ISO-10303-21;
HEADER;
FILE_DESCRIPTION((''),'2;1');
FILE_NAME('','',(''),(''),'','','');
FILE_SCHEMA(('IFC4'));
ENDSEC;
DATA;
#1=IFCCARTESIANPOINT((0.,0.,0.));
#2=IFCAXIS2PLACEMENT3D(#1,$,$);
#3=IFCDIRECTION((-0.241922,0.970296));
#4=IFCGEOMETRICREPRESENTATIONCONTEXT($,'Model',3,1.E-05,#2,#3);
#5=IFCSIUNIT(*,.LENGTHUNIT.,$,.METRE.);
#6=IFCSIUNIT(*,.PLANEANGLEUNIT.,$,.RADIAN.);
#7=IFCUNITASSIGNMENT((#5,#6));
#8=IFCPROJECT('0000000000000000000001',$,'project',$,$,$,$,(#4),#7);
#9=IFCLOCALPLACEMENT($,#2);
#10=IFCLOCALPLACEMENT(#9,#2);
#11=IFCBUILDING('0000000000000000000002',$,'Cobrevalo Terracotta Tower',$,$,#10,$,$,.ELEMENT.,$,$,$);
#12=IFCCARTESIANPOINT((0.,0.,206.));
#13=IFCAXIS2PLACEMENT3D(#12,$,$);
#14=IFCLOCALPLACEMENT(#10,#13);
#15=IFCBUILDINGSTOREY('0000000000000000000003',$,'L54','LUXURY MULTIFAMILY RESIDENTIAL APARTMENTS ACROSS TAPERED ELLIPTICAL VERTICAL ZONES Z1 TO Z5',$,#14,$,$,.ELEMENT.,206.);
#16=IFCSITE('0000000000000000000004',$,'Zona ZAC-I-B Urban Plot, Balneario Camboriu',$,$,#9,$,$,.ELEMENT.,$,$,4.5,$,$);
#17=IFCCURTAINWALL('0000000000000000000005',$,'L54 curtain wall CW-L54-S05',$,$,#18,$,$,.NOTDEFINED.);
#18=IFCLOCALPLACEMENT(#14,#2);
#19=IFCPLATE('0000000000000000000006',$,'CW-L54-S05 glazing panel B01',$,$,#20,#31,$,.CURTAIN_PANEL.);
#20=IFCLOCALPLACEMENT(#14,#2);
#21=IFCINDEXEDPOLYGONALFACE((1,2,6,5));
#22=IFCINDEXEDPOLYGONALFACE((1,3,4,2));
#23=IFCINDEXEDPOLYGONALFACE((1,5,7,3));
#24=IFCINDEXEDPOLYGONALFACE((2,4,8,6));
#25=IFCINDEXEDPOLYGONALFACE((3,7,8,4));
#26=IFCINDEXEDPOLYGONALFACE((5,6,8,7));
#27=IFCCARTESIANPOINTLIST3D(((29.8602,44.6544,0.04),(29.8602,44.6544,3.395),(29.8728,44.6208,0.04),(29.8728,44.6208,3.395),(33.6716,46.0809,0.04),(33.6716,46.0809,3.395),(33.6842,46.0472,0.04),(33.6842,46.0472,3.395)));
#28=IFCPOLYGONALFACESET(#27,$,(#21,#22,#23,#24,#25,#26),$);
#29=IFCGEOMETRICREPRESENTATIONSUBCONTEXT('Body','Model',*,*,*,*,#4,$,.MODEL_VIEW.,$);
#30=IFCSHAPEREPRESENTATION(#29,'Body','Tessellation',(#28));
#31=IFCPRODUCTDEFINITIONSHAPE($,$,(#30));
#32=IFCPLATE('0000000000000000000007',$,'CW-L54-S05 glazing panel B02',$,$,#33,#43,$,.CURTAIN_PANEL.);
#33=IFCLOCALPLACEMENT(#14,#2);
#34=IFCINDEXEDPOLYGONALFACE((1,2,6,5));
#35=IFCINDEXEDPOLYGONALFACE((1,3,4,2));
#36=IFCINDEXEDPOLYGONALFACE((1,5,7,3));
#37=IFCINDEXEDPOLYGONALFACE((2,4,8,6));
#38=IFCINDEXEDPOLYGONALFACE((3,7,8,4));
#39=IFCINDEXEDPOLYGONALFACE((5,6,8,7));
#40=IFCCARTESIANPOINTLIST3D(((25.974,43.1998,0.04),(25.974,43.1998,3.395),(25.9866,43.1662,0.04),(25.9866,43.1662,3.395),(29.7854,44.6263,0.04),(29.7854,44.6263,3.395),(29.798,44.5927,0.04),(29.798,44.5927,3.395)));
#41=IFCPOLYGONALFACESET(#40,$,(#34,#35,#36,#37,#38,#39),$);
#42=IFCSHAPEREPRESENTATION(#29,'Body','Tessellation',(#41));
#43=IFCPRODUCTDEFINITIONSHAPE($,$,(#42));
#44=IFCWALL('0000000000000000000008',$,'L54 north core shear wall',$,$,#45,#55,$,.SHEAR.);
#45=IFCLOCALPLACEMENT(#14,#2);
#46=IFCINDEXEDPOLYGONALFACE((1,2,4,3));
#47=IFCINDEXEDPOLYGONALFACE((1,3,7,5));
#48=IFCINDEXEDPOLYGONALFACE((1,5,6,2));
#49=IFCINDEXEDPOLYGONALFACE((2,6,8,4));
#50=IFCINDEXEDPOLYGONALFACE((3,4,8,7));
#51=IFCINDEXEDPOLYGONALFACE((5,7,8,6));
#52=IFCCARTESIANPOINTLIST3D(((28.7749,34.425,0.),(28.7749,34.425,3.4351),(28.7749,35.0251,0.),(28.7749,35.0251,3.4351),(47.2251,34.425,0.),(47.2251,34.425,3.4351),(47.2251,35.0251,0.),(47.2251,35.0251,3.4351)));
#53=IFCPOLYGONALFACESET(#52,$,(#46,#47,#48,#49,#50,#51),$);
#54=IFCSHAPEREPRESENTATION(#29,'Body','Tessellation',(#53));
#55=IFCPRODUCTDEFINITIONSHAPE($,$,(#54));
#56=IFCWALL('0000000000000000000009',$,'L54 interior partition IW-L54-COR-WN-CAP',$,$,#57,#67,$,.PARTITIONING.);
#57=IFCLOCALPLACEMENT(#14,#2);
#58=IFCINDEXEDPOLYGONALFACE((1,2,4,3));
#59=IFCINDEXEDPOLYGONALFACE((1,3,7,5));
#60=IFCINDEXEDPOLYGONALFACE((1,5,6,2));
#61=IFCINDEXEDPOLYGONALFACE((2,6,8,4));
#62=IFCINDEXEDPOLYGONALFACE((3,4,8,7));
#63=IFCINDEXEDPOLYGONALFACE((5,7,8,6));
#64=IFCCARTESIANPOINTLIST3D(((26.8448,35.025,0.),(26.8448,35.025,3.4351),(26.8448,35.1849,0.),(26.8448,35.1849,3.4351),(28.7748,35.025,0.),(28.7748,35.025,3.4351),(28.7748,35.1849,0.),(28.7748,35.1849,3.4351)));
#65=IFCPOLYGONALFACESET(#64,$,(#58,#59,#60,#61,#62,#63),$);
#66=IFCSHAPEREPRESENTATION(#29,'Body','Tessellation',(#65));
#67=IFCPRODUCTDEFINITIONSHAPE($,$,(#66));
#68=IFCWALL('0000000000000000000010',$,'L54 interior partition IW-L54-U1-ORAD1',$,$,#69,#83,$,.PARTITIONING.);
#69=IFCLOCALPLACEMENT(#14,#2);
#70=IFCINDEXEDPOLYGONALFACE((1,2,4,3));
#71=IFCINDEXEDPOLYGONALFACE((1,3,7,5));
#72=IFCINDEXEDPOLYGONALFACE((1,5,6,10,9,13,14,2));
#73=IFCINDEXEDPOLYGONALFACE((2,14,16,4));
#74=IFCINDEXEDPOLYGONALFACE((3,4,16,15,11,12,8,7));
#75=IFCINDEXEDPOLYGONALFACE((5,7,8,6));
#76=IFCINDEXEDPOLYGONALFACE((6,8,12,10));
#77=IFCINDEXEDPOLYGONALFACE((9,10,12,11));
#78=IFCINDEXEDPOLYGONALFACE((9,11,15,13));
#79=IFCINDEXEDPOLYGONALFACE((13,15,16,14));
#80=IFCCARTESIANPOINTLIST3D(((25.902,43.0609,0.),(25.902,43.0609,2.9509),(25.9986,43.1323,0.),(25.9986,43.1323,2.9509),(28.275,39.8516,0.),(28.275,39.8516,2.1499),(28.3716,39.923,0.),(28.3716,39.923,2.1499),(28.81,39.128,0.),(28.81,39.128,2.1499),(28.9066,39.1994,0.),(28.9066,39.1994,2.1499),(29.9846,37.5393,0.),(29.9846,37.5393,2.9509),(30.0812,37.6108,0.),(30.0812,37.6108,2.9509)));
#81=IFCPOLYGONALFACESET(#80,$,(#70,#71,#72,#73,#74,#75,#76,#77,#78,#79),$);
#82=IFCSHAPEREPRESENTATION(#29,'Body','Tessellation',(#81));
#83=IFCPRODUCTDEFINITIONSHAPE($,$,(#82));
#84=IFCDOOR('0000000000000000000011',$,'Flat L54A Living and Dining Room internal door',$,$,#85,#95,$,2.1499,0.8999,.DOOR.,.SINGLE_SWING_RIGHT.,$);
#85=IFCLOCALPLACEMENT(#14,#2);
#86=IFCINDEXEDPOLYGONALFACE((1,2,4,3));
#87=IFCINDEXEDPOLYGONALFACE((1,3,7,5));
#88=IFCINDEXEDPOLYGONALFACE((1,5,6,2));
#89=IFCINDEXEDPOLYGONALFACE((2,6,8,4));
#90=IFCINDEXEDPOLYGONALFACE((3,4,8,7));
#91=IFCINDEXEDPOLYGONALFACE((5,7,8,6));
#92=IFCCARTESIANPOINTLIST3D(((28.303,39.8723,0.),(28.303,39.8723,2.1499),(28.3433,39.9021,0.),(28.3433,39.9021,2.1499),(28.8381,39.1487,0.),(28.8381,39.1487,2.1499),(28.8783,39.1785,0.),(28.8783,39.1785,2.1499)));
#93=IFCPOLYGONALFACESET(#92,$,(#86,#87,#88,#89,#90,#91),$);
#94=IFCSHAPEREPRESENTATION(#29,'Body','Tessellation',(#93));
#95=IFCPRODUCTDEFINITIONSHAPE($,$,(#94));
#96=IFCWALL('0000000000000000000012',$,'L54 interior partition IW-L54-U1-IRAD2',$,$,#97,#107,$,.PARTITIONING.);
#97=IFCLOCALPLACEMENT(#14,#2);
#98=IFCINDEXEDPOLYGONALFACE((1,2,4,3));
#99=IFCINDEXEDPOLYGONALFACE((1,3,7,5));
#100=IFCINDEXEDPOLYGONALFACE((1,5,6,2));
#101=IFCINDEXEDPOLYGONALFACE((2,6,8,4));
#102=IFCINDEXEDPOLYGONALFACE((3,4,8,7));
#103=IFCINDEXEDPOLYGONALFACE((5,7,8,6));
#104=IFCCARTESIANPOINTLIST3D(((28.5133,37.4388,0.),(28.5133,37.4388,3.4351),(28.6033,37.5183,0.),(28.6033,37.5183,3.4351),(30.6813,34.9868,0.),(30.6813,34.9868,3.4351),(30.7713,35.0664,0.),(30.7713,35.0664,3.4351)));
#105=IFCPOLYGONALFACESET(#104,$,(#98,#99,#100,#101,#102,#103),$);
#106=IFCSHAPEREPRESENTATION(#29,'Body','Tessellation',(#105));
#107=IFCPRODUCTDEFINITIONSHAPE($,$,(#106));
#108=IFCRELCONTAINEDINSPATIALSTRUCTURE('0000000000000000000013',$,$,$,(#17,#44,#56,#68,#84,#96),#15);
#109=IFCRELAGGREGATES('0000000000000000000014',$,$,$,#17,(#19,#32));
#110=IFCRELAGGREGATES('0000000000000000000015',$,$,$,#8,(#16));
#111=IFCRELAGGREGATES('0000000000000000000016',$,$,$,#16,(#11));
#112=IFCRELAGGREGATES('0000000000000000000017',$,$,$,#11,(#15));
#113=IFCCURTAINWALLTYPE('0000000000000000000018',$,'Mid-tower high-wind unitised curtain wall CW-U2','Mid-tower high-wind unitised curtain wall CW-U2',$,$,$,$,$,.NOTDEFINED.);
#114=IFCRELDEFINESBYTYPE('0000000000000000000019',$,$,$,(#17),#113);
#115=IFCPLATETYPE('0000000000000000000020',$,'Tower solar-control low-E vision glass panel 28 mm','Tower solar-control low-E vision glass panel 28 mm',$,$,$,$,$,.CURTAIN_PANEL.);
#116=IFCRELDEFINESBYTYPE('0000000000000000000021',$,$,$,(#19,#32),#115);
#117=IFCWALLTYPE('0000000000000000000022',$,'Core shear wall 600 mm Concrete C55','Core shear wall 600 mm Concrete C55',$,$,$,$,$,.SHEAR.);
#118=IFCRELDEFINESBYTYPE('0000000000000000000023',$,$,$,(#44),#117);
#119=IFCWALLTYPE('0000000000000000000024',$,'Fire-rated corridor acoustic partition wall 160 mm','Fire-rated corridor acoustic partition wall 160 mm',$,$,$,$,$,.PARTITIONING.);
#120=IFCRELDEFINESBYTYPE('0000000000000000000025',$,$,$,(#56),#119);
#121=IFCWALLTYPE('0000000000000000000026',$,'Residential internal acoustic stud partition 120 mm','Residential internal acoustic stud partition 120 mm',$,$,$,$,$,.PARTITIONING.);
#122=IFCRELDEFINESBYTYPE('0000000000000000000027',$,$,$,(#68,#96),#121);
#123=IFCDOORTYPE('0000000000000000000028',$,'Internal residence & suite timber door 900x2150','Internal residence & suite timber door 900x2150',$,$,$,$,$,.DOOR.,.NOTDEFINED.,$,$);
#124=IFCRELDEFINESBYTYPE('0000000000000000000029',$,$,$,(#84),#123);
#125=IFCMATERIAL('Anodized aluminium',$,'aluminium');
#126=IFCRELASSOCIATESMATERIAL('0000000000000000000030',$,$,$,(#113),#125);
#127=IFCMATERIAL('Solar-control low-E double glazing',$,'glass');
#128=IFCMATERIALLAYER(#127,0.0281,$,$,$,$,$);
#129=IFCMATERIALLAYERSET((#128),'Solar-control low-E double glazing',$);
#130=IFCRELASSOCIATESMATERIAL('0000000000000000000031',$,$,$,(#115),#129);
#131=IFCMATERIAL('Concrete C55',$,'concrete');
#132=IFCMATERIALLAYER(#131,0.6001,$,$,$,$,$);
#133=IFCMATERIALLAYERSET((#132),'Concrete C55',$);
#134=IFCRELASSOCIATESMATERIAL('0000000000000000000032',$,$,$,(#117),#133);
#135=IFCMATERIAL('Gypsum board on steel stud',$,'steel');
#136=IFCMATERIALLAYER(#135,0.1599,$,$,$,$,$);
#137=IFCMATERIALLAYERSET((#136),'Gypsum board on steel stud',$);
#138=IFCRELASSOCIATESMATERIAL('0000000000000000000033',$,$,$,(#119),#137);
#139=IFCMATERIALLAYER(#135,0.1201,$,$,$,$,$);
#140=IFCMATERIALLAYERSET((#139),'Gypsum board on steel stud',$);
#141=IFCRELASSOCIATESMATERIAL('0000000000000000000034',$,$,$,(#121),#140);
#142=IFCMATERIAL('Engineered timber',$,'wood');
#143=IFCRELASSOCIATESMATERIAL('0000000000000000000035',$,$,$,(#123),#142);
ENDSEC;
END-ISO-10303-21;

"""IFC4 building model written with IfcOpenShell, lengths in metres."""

from ifc_helpers import new_model, si_unit, direction, frame, frame_2d, origin, origin_2d, place, context, subcontext, project, spatial, rectangle, extrude, source, transform, mapped, material, layer, layer_set, type_object, element, fill, aggregate, save


model = new_model("IFC4")

# Units and contexts
model_context = context("Model", 3, precision=1e-05, world=origin(), true_north=direction((-0.241922, 0.970296)))
body_context = subcontext(model_context, "Body", "Model", "MODEL_VIEW")
ifc_project = project(units=[si_unit("LENGTHUNIT", "METRE"), si_unit("PLANEANGLEUNIT", "RADIAN")], contexts=[model_context])

# Site, building, storey
site_placement = place(None, origin())
site = spatial("IfcSite", under=ifc_project, at=site_placement, Name="Zona ZAC-I-B Urban Plot, Balneario Camboriu", CompositionType="ELEMENT", RefElevation=4.5)
building_placement = place(site_placement, origin())
building = spatial("IfcBuilding", under=site, at=building_placement, Name="Cobrevalo Terracotta Tower", CompositionType="ELEMENT")
storey_placement = place(building_placement, frame((0.0, 0.0, 206.0)))
storey = spatial("IfcBuildingStorey", under=building, at=storey_placement, Name="L54", Description="LUXURY MULTIFAMILY RESIDENTIAL APARTMENTS ACROSS TAPERED ELLIPTICAL VERTICAL ZONES Z1 TO Z5", CompositionType="ELEMENT", Elevation=206.0)

# Curtain wall, plates
ifc_material_1 = material(Name="Anodized aluminium", Category="aluminium")
curtain_wall_type = type_object("IfcCurtainWallType", Name="Mid-tower high-wind unitised curtain wall CW-U2", Description="Mid-tower high-wind unitised curtain wall CW-U2", PredefinedType="NOTDEFINED", material=ifc_material_1)
curtain_wall_placement = place(storey_placement, origin())
curtain_wall = element("IfcCurtainWall", 1, at=curtain_wall_placement, inside=storey, type_object=curtain_wall_type, Name="L54 curtain wall CW-L54-S05", PredefinedType="NOTDEFINED")
ifc_material_2 = material(Name="Solar-control low-E double glazing", Category="glass")
ifc_layer_1 = layer(ifc_material_2, 0.0281)
ifc_layer_set_1 = layer_set([ifc_layer_1], Name="Solar-control low-E double glazing")
plate_type = type_object("IfcPlateType", Name="Tower solar-control low-E vision glass panel 28 mm", Description="Tower solar-control low-E vision glass panel 28 mm", PredefinedType="CURTAIN_PANEL", material=ifc_layer_set_1)
shared_shape_1 = source(origin(), body_context, "Body", "SweptSolid", [
    extrude(rectangle(XDim=4.0696, YDim=0.0359, at=origin_2d()), origin(), (0.0, 0.0, 1.0), 3.355),
])
plate_1_placement = place(storey_placement, frame((31.7722, 45.3508, 0.04), z_axis=(0.0, 0.0, 1.0), x_axis=(-0.936558, -0.350513, 0.0)))
plate_1 = element("IfcPlate", 2, at=plate_1_placement, type_object=plate_type, Name="CW-L54-S05 glazing panel B01", PredefinedType="CURTAIN_PANEL", context=body_context, shape_type="MappedRepresentation", body=[
    mapped(shared_shape_1, transform((0.0, 0.0, 0.0), scale=1.0)),
])
plate_2_placement = place(storey_placement, frame((27.886, 43.8962, 0.04), z_axis=(0.0, 0.0, 1.0), x_axis=(-0.936558, -0.350513, 0.0)))
plate_2 = element("IfcPlate", 3, at=plate_2_placement, type_object=plate_type, Name="CW-L54-S05 glazing panel B02", PredefinedType="CURTAIN_PANEL", context=body_context, shape_type="MappedRepresentation", body=[
    mapped(shared_shape_1, transform((0.0, 0.0, 0.0), scale=1.0)),
])
aggregate(curtain_wall, [plate_1, plate_2])

# Walls
ifc_material_3 = material(Name="Concrete C55", Category="concrete")
ifc_layer_2 = layer(ifc_material_3, 0.6001)
ifc_layer_set_2 = layer_set([ifc_layer_2], Name="Concrete C55")
wall_type_1 = type_object("IfcWallType", Name="Core shear wall 600 mm Concrete C55", Description="Core shear wall 600 mm Concrete C55", PredefinedType="SHEAR", material=ifc_layer_set_2)
wall_1_placement = place(storey_placement, frame((28.7749, 34.7251, 0.0), z_axis=(0.0, 0.0, 1.0), x_axis=(1.0, 0.0, 0.0)))
element("IfcWall", 4, at=wall_1_placement, inside=storey, type_object=wall_type_1, Name="L54 north core shear wall", PredefinedType="SHEAR", context=body_context, shape_type="SweptSolid", body=[
    extrude(rectangle(XDim=18.4502, YDim=0.6001, at=frame_2d((9.2251, 0.0))), origin(), (0.0, 0.0, 1.0), 3.4351),
])
ifc_material_4 = material(Name="Gypsum board on steel stud", Category="steel")
ifc_layer_3 = layer(ifc_material_4, 0.1599)
ifc_layer_set_3 = layer_set([ifc_layer_3], Name="Gypsum board on steel stud")
wall_type_2 = type_object("IfcWallType", Name="Fire-rated corridor acoustic partition wall 160 mm", Description="Fire-rated corridor acoustic partition wall 160 mm", PredefinedType="PARTITIONING", material=ifc_layer_set_3)
wall_2_placement = place(storey_placement, frame((26.845, 35.105, 0.0), z_axis=(0.0, 0.0, 1.0), x_axis=(1.0, 0.0, 0.0)))
element("IfcWall", 5, at=wall_2_placement, inside=storey, type_object=wall_type_2, Name="L54 interior partition IW-L54-COR-WN-CAP", PredefinedType="PARTITIONING", context=body_context, shape_type="SweptSolid", body=[
    extrude(rectangle(XDim=1.9299, YDim=0.1599, at=frame_2d((0.9648, 0.0))), origin(), (0.0, 0.0, 1.0), 3.4351),
])

# Shared definitions
ifc_layer_4 = layer(ifc_material_4, 0.1201)
ifc_layer_set_4 = layer_set([ifc_layer_4], Name="Gypsum board on steel stud")
wall_type_3 = type_object("IfcWallType", Name="Residential internal acoustic stud partition 120 mm", Description="Residential internal acoustic stud partition 120 mm", PredefinedType="PARTITIONING", material=ifc_layer_set_4)
ifc_material_5 = material(Name="Engineered timber", Category="wood")
door_type_1 = type_object("IfcDoorType", Name="Internal residence & suite timber door 900x2150", Description="Internal residence & suite timber door 900x2150", OperationType="NOTDEFINED", PredefinedType="DOOR", material=ifc_material_5)
shared_shape_2 = source(origin(), body_context, "Body", "SweptSolid", [
    extrude(rectangle(XDim=0.8999, YDim=2.1499, at=frame_2d((0.45, 1.075))), frame((0.0, 0.0249, 0.0), z_axis=(0.0, -1.0, 0.0), x_axis=(1.0, 0.0, 0.0)), (0.0, 0.0, 1.0), 0.05),
])

# Wall, opening, door
wall_3_placement = place(storey_placement, frame((30.033, 37.575, 0.0), z_axis=(0.0, 0.0, 1.0), x_axis=(-0.594525, 0.804077, 0.0)))
wall_3 = element("IfcWall", 6, at=wall_3_placement, inside=storey, type_object=wall_type_3, Name="L54 interior partition IW-L54-U1-ORAD1", PredefinedType="PARTITIONING", context=body_context, shape_type="SweptSolid", body=[
    extrude(rectangle(XDim=6.8669, YDim=0.1201, at=frame_2d((3.4336, 0.0))), origin(), (0.0, 0.0, 1.0), 2.9509),
])
opening_1_placement = place(wall_3_placement, frame((1.9758, 0.0, 0.0)))
opening_1 = element("IfcOpeningElement", 7, at=opening_1_placement, cuts=wall_3, PredefinedType="OPENING", context=body_context, shape_type="SweptSolid", body=[
    extrude(rectangle(XDim=0.8999, YDim=2.1499, at=frame_2d((0.45, 1.075))), frame((0.0, 0.0701, 0.0), z_axis=(0.0, -1.0, 0.0), x_axis=(1.0, 0.0, 0.0)), (0.0, 0.0, 1.0), 0.1401),
])
door_1_placement = place(opening_1_placement, frame((0.8999, 0.0, 0.0), z_axis=(0.0, 0.0, 1.0), x_axis=(-1.0, 0.0, 0.0)))
door_1 = element("IfcDoor", 8, at=door_1_placement, inside=storey, type_object=door_type_1, Name="Flat L54A Living and Dining Room internal door", OperationType="SINGLE_SWING_RIGHT", OverallHeight=2.1499, OverallWidth=0.8999, PredefinedType="DOOR", context=body_context, shape_type="MappedRepresentation", body=[
    mapped(shared_shape_2, transform((0.0, 0.0, 0.0), scale=1.0)),
])
fill(opening_1, door_1)

# Wall
wall_4_placement = place(storey_placement, frame((30.7263, 35.0266, 0.0), z_axis=(0.0, 0.0, 1.0), x_axis=(-0.662398, 0.749152, 0.0)))
element("IfcWall", 9, at=wall_4_placement, inside=storey, type_object=wall_type_3, Name="L54 interior partition IW-L54-U1-IRAD2", PredefinedType="PARTITIONING", context=body_context, shape_type="SweptSolid", body=[
    extrude(rectangle(XDim=3.2729, YDim=0.1201, at=frame_2d((1.6365, 0.0))), origin(), (0.0, 0.0, 1.0), 3.4351),
])

save(model, "model.ifc")
